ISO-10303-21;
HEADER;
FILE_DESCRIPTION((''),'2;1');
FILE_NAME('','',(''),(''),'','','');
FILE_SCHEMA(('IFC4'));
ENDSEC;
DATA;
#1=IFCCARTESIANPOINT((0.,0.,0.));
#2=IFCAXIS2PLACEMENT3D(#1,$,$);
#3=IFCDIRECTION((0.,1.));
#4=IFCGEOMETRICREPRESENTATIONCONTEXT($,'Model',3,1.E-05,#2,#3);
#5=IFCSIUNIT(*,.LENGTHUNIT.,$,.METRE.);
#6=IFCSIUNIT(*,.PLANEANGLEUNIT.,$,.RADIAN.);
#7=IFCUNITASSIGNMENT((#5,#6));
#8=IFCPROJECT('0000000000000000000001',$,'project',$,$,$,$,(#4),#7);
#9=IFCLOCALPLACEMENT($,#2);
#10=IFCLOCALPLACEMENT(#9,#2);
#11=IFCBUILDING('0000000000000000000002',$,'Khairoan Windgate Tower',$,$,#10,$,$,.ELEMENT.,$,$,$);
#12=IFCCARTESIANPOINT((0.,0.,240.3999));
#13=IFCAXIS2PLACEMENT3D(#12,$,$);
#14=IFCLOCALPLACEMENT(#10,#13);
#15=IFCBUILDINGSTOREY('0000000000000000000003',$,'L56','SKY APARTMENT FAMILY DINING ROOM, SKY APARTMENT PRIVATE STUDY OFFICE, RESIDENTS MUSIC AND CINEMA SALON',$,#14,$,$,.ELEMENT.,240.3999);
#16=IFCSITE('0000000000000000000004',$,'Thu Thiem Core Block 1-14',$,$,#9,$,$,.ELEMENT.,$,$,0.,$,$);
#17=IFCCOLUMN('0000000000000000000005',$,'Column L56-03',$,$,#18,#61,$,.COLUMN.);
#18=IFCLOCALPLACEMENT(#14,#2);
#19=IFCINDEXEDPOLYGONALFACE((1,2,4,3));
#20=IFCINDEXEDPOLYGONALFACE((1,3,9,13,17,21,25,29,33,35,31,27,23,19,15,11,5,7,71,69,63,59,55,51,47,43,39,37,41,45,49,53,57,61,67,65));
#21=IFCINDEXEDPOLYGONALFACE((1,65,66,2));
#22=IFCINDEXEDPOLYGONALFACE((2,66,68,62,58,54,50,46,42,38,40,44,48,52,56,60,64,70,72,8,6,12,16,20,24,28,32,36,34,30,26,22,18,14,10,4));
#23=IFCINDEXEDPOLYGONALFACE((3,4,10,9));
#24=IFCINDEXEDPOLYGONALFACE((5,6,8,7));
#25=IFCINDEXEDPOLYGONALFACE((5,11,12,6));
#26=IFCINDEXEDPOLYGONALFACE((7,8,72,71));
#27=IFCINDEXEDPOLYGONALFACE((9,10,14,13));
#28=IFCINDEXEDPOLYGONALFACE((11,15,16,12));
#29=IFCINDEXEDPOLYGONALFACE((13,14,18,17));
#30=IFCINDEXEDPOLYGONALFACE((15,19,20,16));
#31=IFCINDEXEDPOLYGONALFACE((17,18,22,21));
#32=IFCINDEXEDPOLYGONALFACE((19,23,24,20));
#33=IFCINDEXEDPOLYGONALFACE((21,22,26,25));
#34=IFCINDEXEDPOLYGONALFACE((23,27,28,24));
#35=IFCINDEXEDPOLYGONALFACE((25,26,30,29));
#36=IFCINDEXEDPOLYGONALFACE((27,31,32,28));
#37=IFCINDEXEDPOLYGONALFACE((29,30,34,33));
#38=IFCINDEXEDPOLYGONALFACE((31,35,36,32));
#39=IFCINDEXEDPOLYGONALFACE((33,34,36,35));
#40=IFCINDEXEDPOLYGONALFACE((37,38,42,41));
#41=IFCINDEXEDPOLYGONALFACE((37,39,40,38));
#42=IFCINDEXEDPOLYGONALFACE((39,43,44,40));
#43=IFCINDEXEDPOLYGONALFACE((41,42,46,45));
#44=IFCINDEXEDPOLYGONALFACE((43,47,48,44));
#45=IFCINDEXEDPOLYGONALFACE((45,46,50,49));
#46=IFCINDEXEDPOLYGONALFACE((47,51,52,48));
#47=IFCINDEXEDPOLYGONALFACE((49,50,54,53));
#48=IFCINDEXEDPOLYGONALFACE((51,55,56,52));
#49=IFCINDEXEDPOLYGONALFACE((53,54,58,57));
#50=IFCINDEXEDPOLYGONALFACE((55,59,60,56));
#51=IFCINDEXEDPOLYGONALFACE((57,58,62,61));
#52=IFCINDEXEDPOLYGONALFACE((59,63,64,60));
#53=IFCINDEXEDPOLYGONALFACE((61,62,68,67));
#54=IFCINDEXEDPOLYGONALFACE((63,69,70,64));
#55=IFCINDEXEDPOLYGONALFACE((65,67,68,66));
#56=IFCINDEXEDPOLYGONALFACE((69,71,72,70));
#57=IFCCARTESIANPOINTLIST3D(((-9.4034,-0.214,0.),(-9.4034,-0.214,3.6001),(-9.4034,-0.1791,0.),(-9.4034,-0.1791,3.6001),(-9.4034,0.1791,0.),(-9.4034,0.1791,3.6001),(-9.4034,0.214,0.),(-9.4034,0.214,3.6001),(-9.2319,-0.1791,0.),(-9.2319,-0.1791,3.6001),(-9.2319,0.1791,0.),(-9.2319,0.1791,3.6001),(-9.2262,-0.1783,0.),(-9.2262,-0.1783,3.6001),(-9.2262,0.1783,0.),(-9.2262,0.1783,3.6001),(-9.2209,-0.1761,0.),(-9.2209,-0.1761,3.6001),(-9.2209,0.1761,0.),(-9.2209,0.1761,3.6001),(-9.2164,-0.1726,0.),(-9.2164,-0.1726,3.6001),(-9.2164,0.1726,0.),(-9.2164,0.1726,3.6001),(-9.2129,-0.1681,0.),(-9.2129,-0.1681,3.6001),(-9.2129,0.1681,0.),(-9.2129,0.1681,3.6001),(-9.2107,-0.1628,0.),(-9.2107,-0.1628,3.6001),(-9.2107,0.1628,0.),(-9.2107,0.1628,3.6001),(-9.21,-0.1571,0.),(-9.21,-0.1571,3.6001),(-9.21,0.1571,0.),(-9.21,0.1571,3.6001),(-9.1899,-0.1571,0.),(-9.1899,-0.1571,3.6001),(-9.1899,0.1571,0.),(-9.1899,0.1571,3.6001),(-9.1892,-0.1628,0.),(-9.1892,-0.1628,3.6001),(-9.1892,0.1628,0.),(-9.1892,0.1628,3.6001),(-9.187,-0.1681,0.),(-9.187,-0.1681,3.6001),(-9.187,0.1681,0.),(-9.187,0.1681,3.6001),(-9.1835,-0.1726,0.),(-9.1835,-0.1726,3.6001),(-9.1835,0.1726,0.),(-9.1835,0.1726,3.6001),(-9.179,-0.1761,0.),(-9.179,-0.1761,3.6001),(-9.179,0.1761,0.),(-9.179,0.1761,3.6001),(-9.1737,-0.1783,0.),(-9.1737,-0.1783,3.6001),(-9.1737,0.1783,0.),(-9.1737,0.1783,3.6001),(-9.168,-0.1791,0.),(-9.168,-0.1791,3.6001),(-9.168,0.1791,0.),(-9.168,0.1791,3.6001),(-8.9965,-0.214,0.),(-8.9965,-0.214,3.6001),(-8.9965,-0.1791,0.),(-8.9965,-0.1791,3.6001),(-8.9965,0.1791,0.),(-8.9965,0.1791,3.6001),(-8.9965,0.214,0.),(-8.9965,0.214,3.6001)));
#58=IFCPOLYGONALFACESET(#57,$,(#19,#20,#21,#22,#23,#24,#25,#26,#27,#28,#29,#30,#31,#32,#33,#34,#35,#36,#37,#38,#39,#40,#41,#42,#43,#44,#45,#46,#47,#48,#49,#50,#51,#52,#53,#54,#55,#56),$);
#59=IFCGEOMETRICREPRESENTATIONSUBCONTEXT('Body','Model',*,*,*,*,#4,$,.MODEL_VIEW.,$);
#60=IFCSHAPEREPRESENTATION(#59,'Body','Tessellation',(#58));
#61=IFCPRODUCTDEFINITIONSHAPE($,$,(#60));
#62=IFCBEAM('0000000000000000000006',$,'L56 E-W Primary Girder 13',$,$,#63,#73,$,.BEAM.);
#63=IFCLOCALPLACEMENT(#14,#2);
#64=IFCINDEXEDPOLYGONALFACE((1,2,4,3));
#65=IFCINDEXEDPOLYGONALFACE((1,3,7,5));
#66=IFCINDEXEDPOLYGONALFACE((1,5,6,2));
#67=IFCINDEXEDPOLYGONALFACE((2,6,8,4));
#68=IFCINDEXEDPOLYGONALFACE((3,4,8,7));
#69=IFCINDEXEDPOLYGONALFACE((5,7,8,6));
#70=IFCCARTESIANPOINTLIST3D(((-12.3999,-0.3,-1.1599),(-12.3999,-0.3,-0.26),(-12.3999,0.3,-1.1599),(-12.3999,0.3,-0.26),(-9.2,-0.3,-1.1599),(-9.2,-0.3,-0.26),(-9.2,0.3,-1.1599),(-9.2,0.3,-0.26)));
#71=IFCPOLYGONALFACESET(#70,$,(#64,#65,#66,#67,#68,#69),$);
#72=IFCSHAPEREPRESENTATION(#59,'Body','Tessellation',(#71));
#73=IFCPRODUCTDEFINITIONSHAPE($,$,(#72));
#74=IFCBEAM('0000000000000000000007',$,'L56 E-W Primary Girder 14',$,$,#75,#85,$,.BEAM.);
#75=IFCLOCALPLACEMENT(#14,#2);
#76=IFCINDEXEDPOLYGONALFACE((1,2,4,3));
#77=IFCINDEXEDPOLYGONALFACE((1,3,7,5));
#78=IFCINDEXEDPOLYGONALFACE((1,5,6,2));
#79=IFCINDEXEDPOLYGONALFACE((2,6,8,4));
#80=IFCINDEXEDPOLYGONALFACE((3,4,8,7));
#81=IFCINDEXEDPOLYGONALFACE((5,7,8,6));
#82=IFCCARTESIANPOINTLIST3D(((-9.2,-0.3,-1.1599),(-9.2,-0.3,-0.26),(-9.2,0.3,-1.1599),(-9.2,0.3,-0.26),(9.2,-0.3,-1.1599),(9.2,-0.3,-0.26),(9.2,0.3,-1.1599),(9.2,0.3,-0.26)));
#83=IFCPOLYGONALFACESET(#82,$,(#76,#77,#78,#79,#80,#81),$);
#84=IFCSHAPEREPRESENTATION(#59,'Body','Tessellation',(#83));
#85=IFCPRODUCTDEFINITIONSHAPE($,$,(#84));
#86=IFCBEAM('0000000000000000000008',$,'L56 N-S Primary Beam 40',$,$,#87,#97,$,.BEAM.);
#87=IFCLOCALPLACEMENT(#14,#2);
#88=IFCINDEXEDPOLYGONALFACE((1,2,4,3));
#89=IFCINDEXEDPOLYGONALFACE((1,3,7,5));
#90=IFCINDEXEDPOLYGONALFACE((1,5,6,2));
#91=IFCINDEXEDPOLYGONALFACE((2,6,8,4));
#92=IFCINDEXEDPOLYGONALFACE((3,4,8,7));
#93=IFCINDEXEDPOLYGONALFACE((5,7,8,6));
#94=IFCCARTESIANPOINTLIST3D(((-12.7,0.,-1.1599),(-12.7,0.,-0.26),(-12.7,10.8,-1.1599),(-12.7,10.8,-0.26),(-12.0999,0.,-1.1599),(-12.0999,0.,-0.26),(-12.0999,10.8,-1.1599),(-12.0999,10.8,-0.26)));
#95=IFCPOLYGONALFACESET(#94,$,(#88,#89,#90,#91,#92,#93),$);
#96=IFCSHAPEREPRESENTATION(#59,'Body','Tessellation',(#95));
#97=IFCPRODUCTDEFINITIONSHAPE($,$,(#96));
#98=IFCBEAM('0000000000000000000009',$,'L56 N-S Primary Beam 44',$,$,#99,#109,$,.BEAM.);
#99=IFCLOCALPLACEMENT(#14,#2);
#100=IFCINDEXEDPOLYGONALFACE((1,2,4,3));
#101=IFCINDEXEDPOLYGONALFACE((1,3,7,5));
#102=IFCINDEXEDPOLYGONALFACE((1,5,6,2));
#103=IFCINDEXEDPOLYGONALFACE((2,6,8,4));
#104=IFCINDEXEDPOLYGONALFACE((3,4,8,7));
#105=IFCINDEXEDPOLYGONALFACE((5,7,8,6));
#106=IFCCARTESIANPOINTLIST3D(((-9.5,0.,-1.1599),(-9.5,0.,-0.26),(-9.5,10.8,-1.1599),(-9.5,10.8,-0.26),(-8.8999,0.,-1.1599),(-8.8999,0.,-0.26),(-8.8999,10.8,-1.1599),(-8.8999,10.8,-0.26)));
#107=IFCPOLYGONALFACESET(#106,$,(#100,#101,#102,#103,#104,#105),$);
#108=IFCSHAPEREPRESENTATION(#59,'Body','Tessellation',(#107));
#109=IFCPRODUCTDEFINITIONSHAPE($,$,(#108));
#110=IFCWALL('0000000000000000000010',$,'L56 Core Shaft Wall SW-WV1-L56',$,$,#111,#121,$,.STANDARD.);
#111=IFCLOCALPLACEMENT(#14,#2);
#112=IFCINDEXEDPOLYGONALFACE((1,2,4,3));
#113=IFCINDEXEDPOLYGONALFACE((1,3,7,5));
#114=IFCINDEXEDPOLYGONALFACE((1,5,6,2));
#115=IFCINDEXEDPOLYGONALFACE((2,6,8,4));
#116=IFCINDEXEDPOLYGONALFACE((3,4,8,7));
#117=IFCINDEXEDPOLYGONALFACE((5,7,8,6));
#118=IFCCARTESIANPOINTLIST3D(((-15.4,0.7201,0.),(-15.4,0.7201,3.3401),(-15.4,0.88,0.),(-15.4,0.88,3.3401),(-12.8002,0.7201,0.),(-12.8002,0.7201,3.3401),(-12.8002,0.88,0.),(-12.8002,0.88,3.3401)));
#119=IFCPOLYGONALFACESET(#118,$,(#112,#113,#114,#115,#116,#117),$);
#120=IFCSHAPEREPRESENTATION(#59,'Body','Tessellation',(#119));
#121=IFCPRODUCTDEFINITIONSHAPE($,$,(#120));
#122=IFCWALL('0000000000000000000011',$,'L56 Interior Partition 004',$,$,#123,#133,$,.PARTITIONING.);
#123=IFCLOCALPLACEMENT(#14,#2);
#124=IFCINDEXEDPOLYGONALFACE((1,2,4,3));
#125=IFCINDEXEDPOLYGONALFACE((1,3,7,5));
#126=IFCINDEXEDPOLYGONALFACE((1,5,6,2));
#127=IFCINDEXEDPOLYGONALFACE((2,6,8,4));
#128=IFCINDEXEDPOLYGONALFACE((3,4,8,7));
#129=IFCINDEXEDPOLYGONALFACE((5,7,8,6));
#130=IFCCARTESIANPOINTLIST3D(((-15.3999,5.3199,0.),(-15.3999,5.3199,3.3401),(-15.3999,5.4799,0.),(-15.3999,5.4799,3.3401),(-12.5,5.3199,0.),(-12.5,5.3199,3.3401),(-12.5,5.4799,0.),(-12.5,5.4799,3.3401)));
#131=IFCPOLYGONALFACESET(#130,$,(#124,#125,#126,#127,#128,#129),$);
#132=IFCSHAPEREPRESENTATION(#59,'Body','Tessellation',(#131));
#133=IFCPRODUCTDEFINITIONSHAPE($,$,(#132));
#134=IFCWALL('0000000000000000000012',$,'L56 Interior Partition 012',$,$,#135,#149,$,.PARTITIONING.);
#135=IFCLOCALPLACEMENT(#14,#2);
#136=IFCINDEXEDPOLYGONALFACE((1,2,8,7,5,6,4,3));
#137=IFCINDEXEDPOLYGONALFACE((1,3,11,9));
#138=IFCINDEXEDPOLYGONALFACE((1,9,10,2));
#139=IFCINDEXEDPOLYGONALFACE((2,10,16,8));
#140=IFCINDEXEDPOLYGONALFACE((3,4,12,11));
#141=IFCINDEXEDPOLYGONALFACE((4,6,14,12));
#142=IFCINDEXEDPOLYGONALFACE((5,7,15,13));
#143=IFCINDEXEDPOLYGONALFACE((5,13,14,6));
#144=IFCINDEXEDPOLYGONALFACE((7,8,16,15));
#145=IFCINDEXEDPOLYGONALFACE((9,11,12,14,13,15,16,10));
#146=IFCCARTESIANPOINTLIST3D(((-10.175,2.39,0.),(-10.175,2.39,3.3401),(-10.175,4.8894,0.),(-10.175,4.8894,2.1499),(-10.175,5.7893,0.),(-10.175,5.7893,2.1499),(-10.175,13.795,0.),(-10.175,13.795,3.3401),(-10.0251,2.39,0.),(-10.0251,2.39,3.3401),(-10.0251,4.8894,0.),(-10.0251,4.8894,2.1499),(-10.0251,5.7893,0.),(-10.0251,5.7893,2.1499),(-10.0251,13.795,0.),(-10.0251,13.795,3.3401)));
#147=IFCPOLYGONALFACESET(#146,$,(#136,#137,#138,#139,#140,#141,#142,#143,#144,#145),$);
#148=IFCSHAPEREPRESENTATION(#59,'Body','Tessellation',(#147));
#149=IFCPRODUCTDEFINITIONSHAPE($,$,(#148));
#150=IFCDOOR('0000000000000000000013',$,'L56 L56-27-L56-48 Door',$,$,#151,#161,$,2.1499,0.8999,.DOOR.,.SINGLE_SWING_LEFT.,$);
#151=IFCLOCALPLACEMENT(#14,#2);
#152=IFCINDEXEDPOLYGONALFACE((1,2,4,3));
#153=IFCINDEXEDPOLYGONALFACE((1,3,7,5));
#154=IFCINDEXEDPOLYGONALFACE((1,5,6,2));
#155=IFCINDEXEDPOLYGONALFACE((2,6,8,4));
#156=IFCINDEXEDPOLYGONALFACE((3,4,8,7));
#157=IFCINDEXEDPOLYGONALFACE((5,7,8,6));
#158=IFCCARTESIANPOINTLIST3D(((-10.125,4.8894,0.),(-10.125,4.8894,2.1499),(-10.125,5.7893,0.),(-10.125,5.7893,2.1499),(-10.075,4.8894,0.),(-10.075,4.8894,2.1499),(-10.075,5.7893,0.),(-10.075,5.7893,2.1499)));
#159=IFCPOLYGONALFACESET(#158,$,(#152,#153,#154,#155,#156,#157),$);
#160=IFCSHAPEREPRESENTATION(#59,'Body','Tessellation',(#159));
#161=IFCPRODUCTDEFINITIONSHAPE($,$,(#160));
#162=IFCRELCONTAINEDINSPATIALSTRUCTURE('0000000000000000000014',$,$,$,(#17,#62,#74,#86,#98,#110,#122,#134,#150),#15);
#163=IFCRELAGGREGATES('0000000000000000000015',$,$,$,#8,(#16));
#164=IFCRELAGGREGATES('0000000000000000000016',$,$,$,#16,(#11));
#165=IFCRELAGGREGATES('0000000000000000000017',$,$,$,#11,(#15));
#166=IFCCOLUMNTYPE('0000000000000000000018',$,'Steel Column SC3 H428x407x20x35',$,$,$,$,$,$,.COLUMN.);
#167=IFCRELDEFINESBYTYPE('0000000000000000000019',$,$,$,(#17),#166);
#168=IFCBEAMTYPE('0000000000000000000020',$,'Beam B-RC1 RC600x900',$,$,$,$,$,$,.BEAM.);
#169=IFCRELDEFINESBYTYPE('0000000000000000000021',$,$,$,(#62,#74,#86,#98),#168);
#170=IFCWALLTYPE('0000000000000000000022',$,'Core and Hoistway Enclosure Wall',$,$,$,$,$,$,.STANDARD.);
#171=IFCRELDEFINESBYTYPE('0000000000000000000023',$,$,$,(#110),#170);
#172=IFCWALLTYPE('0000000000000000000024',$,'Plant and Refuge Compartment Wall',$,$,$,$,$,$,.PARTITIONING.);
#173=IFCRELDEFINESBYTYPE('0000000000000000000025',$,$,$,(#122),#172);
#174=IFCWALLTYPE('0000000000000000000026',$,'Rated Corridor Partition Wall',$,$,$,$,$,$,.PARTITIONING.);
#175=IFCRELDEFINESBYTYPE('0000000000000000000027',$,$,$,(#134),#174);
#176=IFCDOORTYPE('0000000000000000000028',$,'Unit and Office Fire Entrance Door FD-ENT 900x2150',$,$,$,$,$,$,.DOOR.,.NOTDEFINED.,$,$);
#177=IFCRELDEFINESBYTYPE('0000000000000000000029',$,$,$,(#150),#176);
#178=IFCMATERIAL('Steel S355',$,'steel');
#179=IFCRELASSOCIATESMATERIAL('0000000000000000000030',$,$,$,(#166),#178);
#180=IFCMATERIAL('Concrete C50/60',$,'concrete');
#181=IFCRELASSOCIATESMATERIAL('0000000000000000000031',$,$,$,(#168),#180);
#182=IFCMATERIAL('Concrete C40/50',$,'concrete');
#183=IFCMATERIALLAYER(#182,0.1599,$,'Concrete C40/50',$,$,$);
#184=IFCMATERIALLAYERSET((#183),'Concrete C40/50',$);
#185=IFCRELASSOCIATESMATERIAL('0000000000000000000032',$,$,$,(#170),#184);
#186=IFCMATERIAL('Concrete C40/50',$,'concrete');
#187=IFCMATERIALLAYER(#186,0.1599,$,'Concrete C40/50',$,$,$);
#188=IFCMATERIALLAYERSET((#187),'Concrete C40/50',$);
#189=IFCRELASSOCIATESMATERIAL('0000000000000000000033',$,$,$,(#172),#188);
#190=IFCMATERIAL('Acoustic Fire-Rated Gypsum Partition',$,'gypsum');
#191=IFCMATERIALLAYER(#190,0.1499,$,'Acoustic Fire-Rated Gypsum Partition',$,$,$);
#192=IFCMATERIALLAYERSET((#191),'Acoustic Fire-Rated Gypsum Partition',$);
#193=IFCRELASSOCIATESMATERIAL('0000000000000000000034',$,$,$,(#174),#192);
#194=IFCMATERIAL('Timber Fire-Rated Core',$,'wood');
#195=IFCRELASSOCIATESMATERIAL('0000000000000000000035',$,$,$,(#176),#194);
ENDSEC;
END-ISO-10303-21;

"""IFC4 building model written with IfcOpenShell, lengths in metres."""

from ifc_helpers import new_model, si_unit, direction, frame, frame_2d, origin, origin_2d, place, context, subcontext, project, spatial, rectangle, i_section, extrude, material, layer, layer_set, material_profile, profile_set, type_object, element, fill, save


model = new_model("IFC4")

# Units and contexts
model_context = context("Model", 3, precision=1e-05, world=origin(), true_north=direction((0.0, 1.0)))
body_context = subcontext(model_context, "Body", "Model", "MODEL_VIEW")
ifc_project = project(units=[si_unit("LENGTHUNIT", "METRE"), si_unit("PLANEANGLEUNIT", "RADIAN")], contexts=[model_context])

# Site, building, storey
site_placement = place(None, origin())
site = spatial("IfcSite", under=ifc_project, at=site_placement, Name="Thu Thiem Core Block 1-14", CompositionType="ELEMENT", RefElevation=0.0)
building_placement = place(site_placement, origin())
building = spatial("IfcBuilding", under=site, at=building_placement, Name="Khairoan Windgate Tower", CompositionType="ELEMENT")
storey_placement = place(building_placement, frame((0.0, 0.0, 240.3999)))
storey = spatial("IfcBuildingStorey", under=building, at=storey_placement, Name="L56", Description="SKY APARTMENT FAMILY DINING ROOM, SKY APARTMENT PRIVATE STUDY OFFICE, RESIDENTS MUSIC AND CINEMA SALON", CompositionType="ELEMENT", Elevation=240.3999)

# Column
ifc_material_1 = material(Name="Steel S355", Category="steel")
ifc_material_profile_1 = material_profile(ifc_material_1, i_section(OverallWidth=0.407, OverallDepth=0.428, WebThickness=0.02, FlangeThickness=0.0349, FilletRadius=0.022, at=origin_2d()))
ifc_profile_set_1 = profile_set([ifc_material_profile_1], Name="Steel S355")
column_type = type_object("IfcColumnType", Name="Steel Column SC3 H428x407x20x35", PredefinedType="COLUMN", material=ifc_profile_set_1)
column_placement = place(storey_placement, frame((-9.2, 0.0, 0.0), z_axis=(0.0, 0.0, 1.0), x_axis=(1.0, 0.0, 0.0)))
element("IfcColumn", 1, at=column_placement, inside=storey, type_object=column_type, Name="Column L56-03", PredefinedType="COLUMN", context=body_context, shape_type="SweptSolid", body=[
    extrude(i_section(OverallWidth=0.407, OverallDepth=0.428, WebThickness=0.02, FlangeThickness=0.0349, FilletRadius=0.022, at=origin_2d()), origin(), (0.0, 0.0, 1.0), 3.6001),
])

# Beams
ifc_material_2 = material(Name="Concrete C50/60", Category="concrete")
ifc_material_profile_2 = material_profile(ifc_material_2, rectangle(XDim=0.6001, YDim=0.8999, at=origin_2d()))
ifc_profile_set_2 = profile_set([ifc_material_profile_2], Name="Concrete C50/60")
beam_type = type_object("IfcBeamType", Name="Beam B-RC1 RC600x900", PredefinedType="BEAM", material=ifc_profile_set_2)
beam_1_placement = place(storey_placement, frame((-12.3999, 0.0, -0.71), z_axis=(1.0, 0.0, 0.0), x_axis=(0.0, 1.0, 0.0)))
element("IfcBeam", 2, at=beam_1_placement, inside=storey, type_object=beam_type, Name="L56 E-W Primary Girder 13", PredefinedType="BEAM", context=body_context, shape_type="SweptSolid", body=[
    extrude(rectangle(XDim=0.6001, YDim=0.8999, at=origin_2d()), origin(), (0.0, 0.0, 1.0), 3.2),
])
beam_2_placement = place(storey_placement, frame((-9.2, 0.0, -0.71), z_axis=(1.0, 0.0, 0.0), x_axis=(0.0, 1.0, 0.0)))
element("IfcBeam", 3, at=beam_2_placement, inside=storey, type_object=beam_type, Name="L56 E-W Primary Girder 14", PredefinedType="BEAM", context=body_context, shape_type="SweptSolid", body=[
    extrude(rectangle(XDim=0.6001, YDim=0.8999, at=origin_2d()), origin(), (0.0, 0.0, 1.0), 18.3999),
])
for number, where, z_axis, x_axis, name in (
    (4, (-12.3999, 0.0, -0.71), (0.0, 1.0, 0.0), (-1.0, 0.0, 0.0), "L56 N-S Primary Beam 40"),
    (5, (-9.2, 0.0, -0.71), (0.0, 1.0, 0.0), (-1.0, 0.0, 0.0), "L56 N-S Primary Beam 44"),
):
    element("IfcBeam", number, at=place(storey_placement, frame(where, z_axis=z_axis, x_axis=x_axis)), inside=storey, type_object=beam_type, Name=name, PredefinedType="BEAM", context=body_context, shape_type="SweptSolid", body=[
        extrude(rectangle(XDim=0.6001, YDim=0.8999, at=origin_2d()), origin(), (0.0, 0.0, 1.0), 10.8),
    ])

# Walls
ifc_material_3 = material(Name="Concrete C40/50", Category="concrete")
ifc_layer_1 = layer(ifc_material_3, 0.1599, Name="Concrete C40/50")
ifc_layer_set_1 = layer_set([ifc_layer_1], Name="Concrete C40/50")
wall_type_1 = type_object("IfcWallType", Name="Core and Hoistway Enclosure Wall", PredefinedType="STANDARD", material=ifc_layer_set_1)
wall_1_placement = place(storey_placement, frame((-15.3999, 0.8, 0.0), z_axis=(0.0, 0.0, 1.0), x_axis=(1.0, 0.0, 0.0)))
element("IfcWall", 6, at=wall_1_placement, inside=storey, type_object=wall_type_1, Name="L56 Core Shaft Wall SW-WV1-L56", PredefinedType="STANDARD", context=body_context, shape_type="SweptSolid", body=[
    extrude(rectangle(XDim=2.5999, YDim=0.1599, at=frame_2d((1.2998, 0.0))), origin(), (0.0, 0.0, 1.0), 3.3401),
])
ifc_material_4 = material(Name="Concrete C40/50", Category="concrete")
ifc_layer_2 = layer(ifc_material_4, 0.1599, Name="Concrete C40/50")
ifc_layer_set_2 = layer_set([ifc_layer_2], Name="Concrete C40/50")
wall_type_2 = type_object("IfcWallType", Name="Plant and Refuge Compartment Wall", PredefinedType="PARTITIONING", material=ifc_layer_set_2)
wall_2_placement = place(storey_placement, frame((-15.3999, 5.3999, 0.0), z_axis=(0.0, 0.0, 1.0), x_axis=(1.0, 0.0, 0.0)))
element("IfcWall", 7, at=wall_2_placement, inside=storey, type_object=wall_type_2, Name="L56 Interior Partition 004", PredefinedType="PARTITIONING", context=body_context, shape_type="SweptSolid", body=[
    extrude(rectangle(XDim=2.8999, YDim=0.1599, at=frame_2d((1.45, 0.0))), origin(), (0.0, 0.0, 1.0), 3.3401),
])

# Wall, opening, door
ifc_material_5 = material(Name="Acoustic Fire-Rated Gypsum Partition", Category="gypsum")
ifc_layer_3 = layer(ifc_material_5, 0.1499, Name="Acoustic Fire-Rated Gypsum Partition")
ifc_layer_set_3 = layer_set([ifc_layer_3], Name="Acoustic Fire-Rated Gypsum Partition")
wall_type_3 = type_object("IfcWallType", Name="Rated Corridor Partition Wall", PredefinedType="PARTITIONING", material=ifc_layer_set_3)
wall_3_placement = place(storey_placement, frame((-10.1001, 2.3899, 0.0), z_axis=(0.0, 0.0, 1.0), x_axis=(0.0, 1.0, 0.0)))
wall_3 = element("IfcWall", 8, at=wall_3_placement, inside=storey, type_object=wall_type_3, Name="L56 Interior Partition 012", PredefinedType="PARTITIONING", context=body_context, shape_type="SweptSolid", body=[
    extrude(rectangle(XDim=11.405, YDim=0.1499, at=frame_2d((5.7026, 0.0))), origin(), (0.0, 0.0, 1.0), 3.3401),
])
opening_1_placement = place(wall_3_placement, frame((2.4995, 0.0, 0.0)))
opening_1 = element("IfcOpeningElement", 9, at=opening_1_placement, cuts=wall_3, PredefinedType="OPENING", context=body_context, shape_type="SweptSolid", body=[
    extrude(rectangle(XDim=0.8999, YDim=2.1499, at=frame_2d((0.45, 1.075))), frame((0.0, 0.085, 0.0), z_axis=(0.0, -1.0, 0.0), x_axis=(1.0, 0.0, 0.0)), (0.0, 0.0, 1.0), 0.1699),
])
ifc_material_6 = material(Name="Timber Fire-Rated Core", Category="wood")
door_type = type_object("IfcDoorType", Name="Unit and Office Fire Entrance Door FD-ENT 900x2150", OperationType="NOTDEFINED", PredefinedType="DOOR", material=ifc_material_6)
door_1_placement = place(opening_1_placement, origin())
door_1 = element("IfcDoor", 10, at=door_1_placement, inside=storey, type_object=door_type, Name="L56 L56-27-L56-48 Door", OperationType="SINGLE_SWING_LEFT", OverallHeight=2.1499, OverallWidth=0.8999, PredefinedType="DOOR", context=body_context, shape_type="SweptSolid", body=[
    extrude(rectangle(XDim=0.8999, YDim=2.1499, at=frame_2d((0.45, 1.075))), frame((0.0, 0.0249, 0.0), z_axis=(0.0, -1.0, 0.0), x_axis=(1.0, 0.0, 0.0)), (0.0, 0.0, 1.0), 0.05),
])
fill(opening_1, door_1)

save(model, "model.ifc")
